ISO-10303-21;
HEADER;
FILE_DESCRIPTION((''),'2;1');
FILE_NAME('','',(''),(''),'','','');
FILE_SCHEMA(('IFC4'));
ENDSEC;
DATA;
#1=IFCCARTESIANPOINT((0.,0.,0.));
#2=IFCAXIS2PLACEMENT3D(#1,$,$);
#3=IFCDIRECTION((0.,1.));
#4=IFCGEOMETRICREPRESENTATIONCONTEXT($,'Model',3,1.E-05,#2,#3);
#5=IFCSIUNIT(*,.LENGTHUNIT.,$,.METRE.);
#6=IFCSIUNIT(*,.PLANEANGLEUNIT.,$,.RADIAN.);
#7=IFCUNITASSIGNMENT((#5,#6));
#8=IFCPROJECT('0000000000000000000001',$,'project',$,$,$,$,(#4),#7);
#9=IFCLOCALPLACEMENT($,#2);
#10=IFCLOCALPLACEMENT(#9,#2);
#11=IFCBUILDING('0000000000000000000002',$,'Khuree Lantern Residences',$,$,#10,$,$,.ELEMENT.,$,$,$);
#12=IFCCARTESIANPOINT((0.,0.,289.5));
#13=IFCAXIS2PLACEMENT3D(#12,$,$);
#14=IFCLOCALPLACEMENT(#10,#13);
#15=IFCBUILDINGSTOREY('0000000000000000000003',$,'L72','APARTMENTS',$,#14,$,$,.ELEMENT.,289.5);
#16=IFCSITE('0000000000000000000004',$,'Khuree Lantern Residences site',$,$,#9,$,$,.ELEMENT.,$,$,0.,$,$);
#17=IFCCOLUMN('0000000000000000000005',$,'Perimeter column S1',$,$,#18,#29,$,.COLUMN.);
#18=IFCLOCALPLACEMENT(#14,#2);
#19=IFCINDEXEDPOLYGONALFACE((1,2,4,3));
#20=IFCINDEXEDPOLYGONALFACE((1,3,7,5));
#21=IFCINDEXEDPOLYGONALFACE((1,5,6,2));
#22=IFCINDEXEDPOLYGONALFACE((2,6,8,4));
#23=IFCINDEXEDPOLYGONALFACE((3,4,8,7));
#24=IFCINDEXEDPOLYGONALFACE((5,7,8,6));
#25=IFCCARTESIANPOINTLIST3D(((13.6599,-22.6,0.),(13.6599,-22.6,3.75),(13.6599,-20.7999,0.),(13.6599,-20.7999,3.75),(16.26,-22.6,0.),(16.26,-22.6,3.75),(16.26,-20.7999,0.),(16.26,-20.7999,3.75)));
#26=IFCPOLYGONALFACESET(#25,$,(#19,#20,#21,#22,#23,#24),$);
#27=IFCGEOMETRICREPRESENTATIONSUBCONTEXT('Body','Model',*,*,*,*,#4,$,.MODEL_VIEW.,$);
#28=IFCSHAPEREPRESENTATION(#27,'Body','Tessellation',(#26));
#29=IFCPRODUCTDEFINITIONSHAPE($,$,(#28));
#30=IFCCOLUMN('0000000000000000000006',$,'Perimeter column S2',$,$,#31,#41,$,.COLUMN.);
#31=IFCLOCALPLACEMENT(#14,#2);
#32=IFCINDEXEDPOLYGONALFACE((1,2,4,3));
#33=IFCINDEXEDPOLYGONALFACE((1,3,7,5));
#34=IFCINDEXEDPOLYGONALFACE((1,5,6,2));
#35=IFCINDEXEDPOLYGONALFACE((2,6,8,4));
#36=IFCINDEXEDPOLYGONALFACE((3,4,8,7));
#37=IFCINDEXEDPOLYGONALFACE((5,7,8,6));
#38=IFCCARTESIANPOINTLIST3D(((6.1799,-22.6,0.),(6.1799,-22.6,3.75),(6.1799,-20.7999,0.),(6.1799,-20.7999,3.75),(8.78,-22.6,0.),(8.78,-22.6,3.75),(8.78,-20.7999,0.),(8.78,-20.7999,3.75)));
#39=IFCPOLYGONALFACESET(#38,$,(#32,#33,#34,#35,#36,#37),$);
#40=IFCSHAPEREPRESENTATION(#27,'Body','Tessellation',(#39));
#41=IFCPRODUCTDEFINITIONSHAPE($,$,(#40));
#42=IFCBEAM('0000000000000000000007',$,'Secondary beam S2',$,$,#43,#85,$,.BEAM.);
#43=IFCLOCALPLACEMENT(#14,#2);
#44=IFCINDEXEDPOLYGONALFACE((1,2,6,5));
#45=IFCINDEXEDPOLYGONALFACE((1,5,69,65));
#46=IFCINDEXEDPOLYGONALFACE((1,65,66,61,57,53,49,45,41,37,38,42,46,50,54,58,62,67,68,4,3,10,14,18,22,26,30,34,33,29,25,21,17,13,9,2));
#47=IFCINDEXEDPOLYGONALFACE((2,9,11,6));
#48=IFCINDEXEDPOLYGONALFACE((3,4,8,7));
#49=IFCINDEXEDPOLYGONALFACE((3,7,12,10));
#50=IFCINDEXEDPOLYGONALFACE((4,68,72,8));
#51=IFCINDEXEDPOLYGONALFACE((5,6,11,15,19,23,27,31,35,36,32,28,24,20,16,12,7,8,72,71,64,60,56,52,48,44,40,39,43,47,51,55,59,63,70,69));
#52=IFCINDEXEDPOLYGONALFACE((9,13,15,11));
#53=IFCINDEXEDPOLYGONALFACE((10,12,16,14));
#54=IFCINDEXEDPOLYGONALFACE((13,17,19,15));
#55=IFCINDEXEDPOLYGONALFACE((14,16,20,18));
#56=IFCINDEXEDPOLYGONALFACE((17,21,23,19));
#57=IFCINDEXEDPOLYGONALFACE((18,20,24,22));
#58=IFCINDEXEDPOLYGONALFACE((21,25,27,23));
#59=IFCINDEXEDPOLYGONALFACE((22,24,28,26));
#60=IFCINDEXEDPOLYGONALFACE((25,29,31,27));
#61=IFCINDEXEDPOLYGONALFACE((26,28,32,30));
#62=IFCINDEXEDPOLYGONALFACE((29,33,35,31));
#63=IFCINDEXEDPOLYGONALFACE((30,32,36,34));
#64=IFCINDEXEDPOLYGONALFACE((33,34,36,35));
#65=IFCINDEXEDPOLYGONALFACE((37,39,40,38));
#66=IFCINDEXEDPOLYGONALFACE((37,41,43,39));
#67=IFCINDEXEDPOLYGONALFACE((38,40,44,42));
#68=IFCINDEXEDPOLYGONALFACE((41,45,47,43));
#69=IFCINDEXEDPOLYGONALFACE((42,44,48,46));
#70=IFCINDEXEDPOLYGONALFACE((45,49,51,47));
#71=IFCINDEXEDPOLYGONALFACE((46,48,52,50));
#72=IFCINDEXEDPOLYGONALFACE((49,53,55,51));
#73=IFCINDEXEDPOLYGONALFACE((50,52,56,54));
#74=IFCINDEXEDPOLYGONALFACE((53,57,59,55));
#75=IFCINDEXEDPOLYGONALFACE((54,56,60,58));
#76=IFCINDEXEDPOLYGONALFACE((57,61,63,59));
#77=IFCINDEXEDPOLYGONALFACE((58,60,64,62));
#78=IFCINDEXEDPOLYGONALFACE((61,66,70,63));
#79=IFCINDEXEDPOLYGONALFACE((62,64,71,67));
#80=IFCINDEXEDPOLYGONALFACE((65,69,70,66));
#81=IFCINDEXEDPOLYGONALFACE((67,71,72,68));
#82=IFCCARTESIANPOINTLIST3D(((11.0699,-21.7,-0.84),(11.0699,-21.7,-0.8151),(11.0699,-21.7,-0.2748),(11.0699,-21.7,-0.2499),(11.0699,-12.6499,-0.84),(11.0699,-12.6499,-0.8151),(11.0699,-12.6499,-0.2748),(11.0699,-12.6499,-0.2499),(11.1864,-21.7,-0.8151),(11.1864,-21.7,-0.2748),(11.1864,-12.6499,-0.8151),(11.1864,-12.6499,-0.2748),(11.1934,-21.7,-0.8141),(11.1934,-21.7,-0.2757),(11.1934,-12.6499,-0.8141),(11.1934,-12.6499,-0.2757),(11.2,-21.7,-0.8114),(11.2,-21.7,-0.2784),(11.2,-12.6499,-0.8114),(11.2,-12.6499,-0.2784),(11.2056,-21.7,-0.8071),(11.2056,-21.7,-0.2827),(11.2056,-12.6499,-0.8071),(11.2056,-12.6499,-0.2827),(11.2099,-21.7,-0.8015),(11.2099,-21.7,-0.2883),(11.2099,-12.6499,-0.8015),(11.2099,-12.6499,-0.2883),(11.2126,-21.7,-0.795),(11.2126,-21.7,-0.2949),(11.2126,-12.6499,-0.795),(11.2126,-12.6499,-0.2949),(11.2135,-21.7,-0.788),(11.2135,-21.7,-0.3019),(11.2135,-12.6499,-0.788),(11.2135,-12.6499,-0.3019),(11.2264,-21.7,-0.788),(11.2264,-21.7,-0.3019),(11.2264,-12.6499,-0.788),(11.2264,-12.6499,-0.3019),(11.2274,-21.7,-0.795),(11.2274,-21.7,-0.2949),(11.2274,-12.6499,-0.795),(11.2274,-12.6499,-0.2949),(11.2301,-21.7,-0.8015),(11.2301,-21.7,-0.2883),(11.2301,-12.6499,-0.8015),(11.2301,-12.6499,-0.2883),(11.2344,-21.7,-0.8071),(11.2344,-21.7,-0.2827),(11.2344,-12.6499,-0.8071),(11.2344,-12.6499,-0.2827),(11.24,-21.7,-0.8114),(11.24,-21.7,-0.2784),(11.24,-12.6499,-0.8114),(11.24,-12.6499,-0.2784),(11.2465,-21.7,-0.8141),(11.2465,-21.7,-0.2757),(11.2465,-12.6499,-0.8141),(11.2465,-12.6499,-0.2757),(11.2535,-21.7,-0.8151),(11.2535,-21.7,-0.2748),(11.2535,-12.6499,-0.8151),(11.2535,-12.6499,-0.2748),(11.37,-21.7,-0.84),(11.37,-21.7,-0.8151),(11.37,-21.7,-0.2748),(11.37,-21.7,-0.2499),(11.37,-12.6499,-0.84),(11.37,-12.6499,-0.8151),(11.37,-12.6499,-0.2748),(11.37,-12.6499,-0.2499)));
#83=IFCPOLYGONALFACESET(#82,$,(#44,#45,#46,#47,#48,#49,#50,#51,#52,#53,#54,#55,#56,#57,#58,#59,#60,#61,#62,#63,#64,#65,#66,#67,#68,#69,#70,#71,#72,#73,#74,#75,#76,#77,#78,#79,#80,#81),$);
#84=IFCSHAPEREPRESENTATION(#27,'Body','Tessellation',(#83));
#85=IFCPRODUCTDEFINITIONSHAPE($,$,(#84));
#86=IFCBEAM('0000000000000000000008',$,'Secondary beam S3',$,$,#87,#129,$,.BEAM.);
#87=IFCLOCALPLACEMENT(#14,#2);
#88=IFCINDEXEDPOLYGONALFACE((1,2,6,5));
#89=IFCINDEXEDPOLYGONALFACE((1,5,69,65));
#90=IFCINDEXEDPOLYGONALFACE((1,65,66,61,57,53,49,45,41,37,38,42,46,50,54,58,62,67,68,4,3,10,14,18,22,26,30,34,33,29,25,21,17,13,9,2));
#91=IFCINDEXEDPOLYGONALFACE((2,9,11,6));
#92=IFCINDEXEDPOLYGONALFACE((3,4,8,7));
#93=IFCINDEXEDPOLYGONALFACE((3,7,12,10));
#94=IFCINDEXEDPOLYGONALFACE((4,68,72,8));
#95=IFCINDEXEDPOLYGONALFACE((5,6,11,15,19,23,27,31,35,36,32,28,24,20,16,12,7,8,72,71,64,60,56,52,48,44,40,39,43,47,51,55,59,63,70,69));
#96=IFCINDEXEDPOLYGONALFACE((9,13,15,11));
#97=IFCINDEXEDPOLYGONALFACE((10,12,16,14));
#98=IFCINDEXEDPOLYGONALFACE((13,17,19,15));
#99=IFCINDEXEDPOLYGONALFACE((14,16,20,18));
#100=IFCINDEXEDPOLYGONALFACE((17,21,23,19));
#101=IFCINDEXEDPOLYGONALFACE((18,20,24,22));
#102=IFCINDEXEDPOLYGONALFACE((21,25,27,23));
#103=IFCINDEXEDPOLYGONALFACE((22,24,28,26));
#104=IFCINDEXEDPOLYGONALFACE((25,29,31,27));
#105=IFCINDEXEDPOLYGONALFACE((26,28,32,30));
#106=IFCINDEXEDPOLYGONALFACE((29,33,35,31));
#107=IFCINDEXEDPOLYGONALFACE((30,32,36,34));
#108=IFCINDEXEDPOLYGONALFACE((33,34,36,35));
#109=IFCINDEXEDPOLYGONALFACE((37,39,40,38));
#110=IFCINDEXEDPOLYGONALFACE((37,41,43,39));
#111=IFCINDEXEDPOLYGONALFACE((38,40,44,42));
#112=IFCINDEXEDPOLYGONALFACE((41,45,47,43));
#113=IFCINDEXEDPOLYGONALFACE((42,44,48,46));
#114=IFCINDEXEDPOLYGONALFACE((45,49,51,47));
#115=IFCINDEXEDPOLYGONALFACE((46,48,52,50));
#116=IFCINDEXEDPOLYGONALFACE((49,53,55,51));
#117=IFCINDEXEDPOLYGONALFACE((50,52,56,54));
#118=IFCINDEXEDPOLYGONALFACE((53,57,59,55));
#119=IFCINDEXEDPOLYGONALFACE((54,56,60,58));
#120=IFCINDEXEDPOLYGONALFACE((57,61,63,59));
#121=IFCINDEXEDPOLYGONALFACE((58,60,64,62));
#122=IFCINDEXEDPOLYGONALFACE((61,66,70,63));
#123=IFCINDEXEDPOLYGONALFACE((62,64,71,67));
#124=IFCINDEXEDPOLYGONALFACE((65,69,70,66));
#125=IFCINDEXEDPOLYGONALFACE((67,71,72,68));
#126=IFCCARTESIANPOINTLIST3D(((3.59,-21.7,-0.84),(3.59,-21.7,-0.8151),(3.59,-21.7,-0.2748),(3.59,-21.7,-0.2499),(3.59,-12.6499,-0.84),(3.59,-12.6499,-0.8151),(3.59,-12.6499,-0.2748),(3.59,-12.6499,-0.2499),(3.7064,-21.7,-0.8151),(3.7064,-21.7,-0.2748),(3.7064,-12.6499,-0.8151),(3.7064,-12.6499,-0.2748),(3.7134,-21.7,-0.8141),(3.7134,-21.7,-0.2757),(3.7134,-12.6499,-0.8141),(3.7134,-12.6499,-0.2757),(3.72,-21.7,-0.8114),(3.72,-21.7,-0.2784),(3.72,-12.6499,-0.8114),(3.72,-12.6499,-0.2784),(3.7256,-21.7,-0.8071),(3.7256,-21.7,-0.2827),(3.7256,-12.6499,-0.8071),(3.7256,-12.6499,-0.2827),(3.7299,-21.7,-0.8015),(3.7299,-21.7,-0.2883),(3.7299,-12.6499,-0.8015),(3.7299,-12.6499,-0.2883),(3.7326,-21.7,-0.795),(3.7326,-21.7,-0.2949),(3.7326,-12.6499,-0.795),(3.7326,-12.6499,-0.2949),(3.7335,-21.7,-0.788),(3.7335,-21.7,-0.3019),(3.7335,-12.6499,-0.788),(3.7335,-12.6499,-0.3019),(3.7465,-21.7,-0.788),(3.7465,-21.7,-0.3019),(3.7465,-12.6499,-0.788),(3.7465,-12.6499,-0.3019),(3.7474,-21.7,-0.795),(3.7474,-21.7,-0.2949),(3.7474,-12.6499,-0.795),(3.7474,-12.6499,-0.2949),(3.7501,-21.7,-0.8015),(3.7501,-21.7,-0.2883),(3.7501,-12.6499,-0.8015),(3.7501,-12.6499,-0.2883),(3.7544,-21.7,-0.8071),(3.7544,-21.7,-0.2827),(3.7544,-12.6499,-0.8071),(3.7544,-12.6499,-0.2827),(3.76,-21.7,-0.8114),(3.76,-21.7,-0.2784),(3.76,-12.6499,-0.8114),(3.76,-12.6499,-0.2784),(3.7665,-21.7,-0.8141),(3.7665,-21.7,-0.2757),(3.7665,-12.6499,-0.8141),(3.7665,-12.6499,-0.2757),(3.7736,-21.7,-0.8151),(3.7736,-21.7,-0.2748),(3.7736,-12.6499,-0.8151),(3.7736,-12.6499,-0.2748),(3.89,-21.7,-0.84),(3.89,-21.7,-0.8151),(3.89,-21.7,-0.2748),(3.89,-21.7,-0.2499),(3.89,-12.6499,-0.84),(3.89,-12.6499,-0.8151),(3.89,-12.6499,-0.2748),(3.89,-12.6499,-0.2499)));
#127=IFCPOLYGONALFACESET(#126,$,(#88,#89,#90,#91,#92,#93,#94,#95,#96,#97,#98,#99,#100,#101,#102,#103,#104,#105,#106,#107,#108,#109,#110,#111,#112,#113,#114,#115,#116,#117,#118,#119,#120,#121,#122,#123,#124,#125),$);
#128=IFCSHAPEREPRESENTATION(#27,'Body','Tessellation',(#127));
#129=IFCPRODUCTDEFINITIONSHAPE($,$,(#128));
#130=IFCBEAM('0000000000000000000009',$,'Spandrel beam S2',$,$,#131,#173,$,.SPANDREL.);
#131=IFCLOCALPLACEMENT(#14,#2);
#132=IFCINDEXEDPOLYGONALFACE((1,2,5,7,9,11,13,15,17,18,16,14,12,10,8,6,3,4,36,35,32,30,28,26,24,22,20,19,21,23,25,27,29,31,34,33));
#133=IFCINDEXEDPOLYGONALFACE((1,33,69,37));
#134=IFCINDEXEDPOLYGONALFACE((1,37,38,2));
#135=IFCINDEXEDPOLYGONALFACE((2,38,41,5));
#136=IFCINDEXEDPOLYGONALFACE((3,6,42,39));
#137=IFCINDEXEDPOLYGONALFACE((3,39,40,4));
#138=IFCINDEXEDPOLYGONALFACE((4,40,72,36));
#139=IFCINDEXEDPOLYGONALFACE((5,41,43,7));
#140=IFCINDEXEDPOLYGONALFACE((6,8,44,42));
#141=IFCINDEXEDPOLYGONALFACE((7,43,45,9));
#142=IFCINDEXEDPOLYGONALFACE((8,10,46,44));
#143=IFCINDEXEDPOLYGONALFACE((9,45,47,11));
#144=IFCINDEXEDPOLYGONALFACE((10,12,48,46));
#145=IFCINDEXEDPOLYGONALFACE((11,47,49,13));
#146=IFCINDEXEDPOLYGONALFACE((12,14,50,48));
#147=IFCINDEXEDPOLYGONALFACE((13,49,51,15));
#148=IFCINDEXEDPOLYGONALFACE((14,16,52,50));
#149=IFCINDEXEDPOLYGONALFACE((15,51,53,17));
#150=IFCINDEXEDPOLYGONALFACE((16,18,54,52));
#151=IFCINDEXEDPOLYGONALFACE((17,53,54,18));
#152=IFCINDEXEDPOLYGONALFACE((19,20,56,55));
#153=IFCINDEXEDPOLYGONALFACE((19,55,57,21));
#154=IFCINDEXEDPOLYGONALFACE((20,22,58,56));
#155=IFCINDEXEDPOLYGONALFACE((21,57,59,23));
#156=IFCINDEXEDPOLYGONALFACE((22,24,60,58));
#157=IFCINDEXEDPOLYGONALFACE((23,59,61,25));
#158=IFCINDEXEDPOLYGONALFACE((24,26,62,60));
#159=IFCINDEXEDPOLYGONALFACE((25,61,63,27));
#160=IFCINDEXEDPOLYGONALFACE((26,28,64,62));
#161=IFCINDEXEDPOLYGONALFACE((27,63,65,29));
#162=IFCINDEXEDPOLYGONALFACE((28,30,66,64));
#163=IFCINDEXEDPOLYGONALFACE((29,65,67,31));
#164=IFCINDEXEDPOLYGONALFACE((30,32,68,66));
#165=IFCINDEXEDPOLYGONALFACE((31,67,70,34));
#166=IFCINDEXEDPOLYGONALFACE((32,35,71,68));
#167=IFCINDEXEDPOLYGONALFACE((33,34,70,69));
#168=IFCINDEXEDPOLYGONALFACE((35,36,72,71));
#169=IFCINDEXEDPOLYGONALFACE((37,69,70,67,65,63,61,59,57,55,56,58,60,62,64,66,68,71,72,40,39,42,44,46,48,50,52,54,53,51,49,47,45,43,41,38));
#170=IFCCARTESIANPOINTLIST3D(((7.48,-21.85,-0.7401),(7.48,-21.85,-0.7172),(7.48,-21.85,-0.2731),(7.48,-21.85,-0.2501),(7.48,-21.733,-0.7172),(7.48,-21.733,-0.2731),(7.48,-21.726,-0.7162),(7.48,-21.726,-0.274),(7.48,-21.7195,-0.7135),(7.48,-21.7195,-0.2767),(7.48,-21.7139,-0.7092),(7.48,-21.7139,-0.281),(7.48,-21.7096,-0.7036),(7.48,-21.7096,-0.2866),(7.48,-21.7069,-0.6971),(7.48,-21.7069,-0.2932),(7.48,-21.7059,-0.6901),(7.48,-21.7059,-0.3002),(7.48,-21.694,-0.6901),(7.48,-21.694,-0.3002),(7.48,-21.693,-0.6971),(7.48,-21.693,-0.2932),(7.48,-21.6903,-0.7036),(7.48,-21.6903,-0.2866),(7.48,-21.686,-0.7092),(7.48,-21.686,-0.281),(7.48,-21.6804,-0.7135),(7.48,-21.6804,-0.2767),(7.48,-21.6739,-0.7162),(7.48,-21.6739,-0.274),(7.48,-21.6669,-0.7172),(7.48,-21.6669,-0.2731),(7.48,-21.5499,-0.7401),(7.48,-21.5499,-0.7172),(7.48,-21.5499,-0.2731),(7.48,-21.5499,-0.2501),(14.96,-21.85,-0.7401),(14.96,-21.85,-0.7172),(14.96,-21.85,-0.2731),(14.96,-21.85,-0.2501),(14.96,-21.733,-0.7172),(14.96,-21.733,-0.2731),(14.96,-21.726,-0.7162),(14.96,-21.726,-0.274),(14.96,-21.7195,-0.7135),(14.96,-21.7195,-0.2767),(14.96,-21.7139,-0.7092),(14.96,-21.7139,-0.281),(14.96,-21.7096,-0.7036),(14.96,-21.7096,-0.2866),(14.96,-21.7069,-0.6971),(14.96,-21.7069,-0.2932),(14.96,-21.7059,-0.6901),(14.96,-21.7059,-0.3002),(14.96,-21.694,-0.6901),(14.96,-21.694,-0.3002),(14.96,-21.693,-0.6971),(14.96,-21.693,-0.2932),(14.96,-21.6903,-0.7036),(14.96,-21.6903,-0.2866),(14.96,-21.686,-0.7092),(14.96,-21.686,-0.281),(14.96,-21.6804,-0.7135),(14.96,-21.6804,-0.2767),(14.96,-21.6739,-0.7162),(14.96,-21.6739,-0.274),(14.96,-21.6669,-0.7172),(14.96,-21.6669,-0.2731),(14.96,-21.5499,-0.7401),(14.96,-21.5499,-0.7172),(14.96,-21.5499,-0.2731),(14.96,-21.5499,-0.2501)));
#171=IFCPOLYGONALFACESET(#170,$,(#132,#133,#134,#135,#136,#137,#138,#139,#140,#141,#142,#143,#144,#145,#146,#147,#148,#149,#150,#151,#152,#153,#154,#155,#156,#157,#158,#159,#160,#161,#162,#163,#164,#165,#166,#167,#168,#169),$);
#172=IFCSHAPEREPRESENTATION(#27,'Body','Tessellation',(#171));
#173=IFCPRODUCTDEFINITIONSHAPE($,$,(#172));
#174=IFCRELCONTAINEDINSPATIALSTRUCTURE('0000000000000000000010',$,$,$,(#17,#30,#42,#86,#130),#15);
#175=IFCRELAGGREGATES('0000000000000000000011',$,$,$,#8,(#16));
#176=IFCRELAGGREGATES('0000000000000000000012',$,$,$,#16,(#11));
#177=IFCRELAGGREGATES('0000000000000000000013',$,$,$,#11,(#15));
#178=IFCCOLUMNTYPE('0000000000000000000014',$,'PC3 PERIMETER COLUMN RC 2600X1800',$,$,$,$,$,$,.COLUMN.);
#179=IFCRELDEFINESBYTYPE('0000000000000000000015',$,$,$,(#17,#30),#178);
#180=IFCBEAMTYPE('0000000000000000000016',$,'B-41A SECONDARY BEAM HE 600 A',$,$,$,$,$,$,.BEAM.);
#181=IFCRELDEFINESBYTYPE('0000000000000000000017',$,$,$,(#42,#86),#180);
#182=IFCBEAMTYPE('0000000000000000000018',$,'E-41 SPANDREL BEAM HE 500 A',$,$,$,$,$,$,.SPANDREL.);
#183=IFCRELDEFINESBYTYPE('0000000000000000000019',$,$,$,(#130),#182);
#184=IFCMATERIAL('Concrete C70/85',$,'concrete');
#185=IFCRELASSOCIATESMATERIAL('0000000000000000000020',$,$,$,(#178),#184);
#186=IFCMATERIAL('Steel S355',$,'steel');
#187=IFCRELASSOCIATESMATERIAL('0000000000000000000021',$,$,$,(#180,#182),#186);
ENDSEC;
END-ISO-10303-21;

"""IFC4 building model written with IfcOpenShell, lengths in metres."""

from ifc_helpers import new_model, si_unit, direction, frame, origin, origin_2d, place, context, subcontext, project, spatial, rectangle, i_section, extrude, material, material_profile, profile_set, type_object, element, save


model = new_model("IFC4")

# Units and contexts
model_context = context("Model", 3, precision=1e-05, world=origin(), true_north=direction((0.0, 1.0)))
body_context = subcontext(model_context, "Body", "Model", "MODEL_VIEW")
ifc_project = project(units=[si_unit("LENGTHUNIT", "METRE"), si_unit("PLANEANGLEUNIT", "RADIAN")], contexts=[model_context])

# Site, building, storey
site_placement = place(None, origin())
site = spatial("IfcSite", under=ifc_project, at=site_placement, Name="Khuree Lantern Residences site", CompositionType="ELEMENT", RefElevation=0.0)
building_placement = place(site_placement, origin())
building = spatial("IfcBuilding", under=site, at=building_placement, Name="Khuree Lantern Residences", CompositionType="ELEMENT")
storey_placement = place(building_placement, frame((0.0, 0.0, 289.5)))
storey = spatial("IfcBuildingStorey", under=building, at=storey_placement, Name="L72", Description="APARTMENTS", CompositionType="ELEMENT", Elevation=289.5)

# Columns
ifc_material_1 = material(Name="Concrete C70/85", Category="concrete")
ifc_material_profile_1 = material_profile(ifc_material_1, rectangle(XDim=2.6001, YDim=1.8, at=origin_2d()), Name="RC 2600X1800")
ifc_profile_set_1 = profile_set([ifc_material_profile_1], Name="Concrete C70/85")
column_type = type_object("IfcColumnType", Name="PC3 PERIMETER COLUMN RC 2600X1800", PredefinedType="COLUMN", material=ifc_profile_set_1)
for number, where, z_axis, x_axis, name in (
    (1, (14.96, -21.7, 0.0), (0.0, 0.0, 1.0), (1.0, 0.0, 0.0), "Perimeter column S1"),
    (2, (7.48, -21.7, 0.0), (0.0, 0.0, 1.0), (1.0, 0.0, 0.0), "Perimeter column S2"),
):
    element("IfcColumn", number, at=place(storey_placement, frame(where, z_axis=z_axis, x_axis=x_axis)), inside=storey, type_object=column_type, Name=name, PredefinedType="COLUMN", context=body_context, shape_type="SweptSolid", body=[
        extrude(rectangle(XDim=2.6001, YDim=1.8, at=origin_2d()), origin(), (0.0, 0.0, 1.0), 3.75),
    ])

# Beams
ifc_material_2 = material(Name="Steel S355", Category="steel")
ifc_material_profile_2 = material_profile(ifc_material_2, i_section(OverallWidth=0.3, OverallDepth=0.5901, WebThickness=0.0129, FlangeThickness=0.0249, FilletRadius=0.0271, at=origin_2d()), Name="HE 600 A")
ifc_profile_set_2 = profile_set([ifc_material_profile_2], Name="Steel S355")
beam_type_1 = type_object("IfcBeamType", Name="B-41A SECONDARY BEAM HE 600 A", PredefinedType="BEAM", material=ifc_profile_set_2)
for number, where, z_axis, x_axis, name in (
    (3, (11.22, -21.7, -0.5449), (0.0, 1.0, 0.0), (-1.0, 0.0, 0.0), "Secondary beam S2"),
    (4, (3.74, -21.7, -0.5449), (0.0, 1.0, 0.0), (-1.0, 0.0, 0.0), "Secondary beam S3"),
):
    element("IfcBeam", number, at=place(storey_placement, frame(where, z_axis=z_axis, x_axis=x_axis)), inside=storey, type_object=beam_type_1, Name=name, PredefinedType="BEAM", context=body_context, shape_type="SweptSolid", body=[
        extrude(i_section(OverallWidth=0.3, OverallDepth=0.5901, WebThickness=0.0129, FlangeThickness=0.0249, FilletRadius=0.0271, at=origin_2d()), origin(), (0.0, 0.0, 1.0), 9.05),
    ])
ifc_material_profile_3 = material_profile(ifc_material_2, i_section(OverallWidth=0.3, OverallDepth=0.49, WebThickness=0.012, FlangeThickness=0.0229, FilletRadius=0.0271, at=origin_2d()), Name="HE 500 A")
ifc_profile_set_3 = profile_set([ifc_material_profile_3], Name="Steel S355")
beam_type_2 = type_object("IfcBeamType", Name="E-41 SPANDREL BEAM HE 500 A", PredefinedType="SPANDREL", material=ifc_profile_set_3)
for number, where, z_axis, x_axis, name in (
    (5, (14.96, -21.7, -0.4951), (-1.0, 0.0, 0.0), (0.0, -1.0, 0.0), "Spandrel beam S2"),
):
    element("IfcBeam", number, at=place(storey_placement, frame(where, z_axis=z_axis, x_axis=x_axis)), inside=storey, type_object=beam_type_2, Name=name, PredefinedType="SPANDREL", context=body_context, shape_type="SweptSolid", body=[
        extrude(i_section(OverallWidth=0.3, OverallDepth=0.49, WebThickness=0.012, FlangeThickness=0.0229, FilletRadius=0.0271, at=origin_2d()), origin(), (0.0, 0.0, 1.0), 7.48),
    ])

save(model, "model.ifc")
